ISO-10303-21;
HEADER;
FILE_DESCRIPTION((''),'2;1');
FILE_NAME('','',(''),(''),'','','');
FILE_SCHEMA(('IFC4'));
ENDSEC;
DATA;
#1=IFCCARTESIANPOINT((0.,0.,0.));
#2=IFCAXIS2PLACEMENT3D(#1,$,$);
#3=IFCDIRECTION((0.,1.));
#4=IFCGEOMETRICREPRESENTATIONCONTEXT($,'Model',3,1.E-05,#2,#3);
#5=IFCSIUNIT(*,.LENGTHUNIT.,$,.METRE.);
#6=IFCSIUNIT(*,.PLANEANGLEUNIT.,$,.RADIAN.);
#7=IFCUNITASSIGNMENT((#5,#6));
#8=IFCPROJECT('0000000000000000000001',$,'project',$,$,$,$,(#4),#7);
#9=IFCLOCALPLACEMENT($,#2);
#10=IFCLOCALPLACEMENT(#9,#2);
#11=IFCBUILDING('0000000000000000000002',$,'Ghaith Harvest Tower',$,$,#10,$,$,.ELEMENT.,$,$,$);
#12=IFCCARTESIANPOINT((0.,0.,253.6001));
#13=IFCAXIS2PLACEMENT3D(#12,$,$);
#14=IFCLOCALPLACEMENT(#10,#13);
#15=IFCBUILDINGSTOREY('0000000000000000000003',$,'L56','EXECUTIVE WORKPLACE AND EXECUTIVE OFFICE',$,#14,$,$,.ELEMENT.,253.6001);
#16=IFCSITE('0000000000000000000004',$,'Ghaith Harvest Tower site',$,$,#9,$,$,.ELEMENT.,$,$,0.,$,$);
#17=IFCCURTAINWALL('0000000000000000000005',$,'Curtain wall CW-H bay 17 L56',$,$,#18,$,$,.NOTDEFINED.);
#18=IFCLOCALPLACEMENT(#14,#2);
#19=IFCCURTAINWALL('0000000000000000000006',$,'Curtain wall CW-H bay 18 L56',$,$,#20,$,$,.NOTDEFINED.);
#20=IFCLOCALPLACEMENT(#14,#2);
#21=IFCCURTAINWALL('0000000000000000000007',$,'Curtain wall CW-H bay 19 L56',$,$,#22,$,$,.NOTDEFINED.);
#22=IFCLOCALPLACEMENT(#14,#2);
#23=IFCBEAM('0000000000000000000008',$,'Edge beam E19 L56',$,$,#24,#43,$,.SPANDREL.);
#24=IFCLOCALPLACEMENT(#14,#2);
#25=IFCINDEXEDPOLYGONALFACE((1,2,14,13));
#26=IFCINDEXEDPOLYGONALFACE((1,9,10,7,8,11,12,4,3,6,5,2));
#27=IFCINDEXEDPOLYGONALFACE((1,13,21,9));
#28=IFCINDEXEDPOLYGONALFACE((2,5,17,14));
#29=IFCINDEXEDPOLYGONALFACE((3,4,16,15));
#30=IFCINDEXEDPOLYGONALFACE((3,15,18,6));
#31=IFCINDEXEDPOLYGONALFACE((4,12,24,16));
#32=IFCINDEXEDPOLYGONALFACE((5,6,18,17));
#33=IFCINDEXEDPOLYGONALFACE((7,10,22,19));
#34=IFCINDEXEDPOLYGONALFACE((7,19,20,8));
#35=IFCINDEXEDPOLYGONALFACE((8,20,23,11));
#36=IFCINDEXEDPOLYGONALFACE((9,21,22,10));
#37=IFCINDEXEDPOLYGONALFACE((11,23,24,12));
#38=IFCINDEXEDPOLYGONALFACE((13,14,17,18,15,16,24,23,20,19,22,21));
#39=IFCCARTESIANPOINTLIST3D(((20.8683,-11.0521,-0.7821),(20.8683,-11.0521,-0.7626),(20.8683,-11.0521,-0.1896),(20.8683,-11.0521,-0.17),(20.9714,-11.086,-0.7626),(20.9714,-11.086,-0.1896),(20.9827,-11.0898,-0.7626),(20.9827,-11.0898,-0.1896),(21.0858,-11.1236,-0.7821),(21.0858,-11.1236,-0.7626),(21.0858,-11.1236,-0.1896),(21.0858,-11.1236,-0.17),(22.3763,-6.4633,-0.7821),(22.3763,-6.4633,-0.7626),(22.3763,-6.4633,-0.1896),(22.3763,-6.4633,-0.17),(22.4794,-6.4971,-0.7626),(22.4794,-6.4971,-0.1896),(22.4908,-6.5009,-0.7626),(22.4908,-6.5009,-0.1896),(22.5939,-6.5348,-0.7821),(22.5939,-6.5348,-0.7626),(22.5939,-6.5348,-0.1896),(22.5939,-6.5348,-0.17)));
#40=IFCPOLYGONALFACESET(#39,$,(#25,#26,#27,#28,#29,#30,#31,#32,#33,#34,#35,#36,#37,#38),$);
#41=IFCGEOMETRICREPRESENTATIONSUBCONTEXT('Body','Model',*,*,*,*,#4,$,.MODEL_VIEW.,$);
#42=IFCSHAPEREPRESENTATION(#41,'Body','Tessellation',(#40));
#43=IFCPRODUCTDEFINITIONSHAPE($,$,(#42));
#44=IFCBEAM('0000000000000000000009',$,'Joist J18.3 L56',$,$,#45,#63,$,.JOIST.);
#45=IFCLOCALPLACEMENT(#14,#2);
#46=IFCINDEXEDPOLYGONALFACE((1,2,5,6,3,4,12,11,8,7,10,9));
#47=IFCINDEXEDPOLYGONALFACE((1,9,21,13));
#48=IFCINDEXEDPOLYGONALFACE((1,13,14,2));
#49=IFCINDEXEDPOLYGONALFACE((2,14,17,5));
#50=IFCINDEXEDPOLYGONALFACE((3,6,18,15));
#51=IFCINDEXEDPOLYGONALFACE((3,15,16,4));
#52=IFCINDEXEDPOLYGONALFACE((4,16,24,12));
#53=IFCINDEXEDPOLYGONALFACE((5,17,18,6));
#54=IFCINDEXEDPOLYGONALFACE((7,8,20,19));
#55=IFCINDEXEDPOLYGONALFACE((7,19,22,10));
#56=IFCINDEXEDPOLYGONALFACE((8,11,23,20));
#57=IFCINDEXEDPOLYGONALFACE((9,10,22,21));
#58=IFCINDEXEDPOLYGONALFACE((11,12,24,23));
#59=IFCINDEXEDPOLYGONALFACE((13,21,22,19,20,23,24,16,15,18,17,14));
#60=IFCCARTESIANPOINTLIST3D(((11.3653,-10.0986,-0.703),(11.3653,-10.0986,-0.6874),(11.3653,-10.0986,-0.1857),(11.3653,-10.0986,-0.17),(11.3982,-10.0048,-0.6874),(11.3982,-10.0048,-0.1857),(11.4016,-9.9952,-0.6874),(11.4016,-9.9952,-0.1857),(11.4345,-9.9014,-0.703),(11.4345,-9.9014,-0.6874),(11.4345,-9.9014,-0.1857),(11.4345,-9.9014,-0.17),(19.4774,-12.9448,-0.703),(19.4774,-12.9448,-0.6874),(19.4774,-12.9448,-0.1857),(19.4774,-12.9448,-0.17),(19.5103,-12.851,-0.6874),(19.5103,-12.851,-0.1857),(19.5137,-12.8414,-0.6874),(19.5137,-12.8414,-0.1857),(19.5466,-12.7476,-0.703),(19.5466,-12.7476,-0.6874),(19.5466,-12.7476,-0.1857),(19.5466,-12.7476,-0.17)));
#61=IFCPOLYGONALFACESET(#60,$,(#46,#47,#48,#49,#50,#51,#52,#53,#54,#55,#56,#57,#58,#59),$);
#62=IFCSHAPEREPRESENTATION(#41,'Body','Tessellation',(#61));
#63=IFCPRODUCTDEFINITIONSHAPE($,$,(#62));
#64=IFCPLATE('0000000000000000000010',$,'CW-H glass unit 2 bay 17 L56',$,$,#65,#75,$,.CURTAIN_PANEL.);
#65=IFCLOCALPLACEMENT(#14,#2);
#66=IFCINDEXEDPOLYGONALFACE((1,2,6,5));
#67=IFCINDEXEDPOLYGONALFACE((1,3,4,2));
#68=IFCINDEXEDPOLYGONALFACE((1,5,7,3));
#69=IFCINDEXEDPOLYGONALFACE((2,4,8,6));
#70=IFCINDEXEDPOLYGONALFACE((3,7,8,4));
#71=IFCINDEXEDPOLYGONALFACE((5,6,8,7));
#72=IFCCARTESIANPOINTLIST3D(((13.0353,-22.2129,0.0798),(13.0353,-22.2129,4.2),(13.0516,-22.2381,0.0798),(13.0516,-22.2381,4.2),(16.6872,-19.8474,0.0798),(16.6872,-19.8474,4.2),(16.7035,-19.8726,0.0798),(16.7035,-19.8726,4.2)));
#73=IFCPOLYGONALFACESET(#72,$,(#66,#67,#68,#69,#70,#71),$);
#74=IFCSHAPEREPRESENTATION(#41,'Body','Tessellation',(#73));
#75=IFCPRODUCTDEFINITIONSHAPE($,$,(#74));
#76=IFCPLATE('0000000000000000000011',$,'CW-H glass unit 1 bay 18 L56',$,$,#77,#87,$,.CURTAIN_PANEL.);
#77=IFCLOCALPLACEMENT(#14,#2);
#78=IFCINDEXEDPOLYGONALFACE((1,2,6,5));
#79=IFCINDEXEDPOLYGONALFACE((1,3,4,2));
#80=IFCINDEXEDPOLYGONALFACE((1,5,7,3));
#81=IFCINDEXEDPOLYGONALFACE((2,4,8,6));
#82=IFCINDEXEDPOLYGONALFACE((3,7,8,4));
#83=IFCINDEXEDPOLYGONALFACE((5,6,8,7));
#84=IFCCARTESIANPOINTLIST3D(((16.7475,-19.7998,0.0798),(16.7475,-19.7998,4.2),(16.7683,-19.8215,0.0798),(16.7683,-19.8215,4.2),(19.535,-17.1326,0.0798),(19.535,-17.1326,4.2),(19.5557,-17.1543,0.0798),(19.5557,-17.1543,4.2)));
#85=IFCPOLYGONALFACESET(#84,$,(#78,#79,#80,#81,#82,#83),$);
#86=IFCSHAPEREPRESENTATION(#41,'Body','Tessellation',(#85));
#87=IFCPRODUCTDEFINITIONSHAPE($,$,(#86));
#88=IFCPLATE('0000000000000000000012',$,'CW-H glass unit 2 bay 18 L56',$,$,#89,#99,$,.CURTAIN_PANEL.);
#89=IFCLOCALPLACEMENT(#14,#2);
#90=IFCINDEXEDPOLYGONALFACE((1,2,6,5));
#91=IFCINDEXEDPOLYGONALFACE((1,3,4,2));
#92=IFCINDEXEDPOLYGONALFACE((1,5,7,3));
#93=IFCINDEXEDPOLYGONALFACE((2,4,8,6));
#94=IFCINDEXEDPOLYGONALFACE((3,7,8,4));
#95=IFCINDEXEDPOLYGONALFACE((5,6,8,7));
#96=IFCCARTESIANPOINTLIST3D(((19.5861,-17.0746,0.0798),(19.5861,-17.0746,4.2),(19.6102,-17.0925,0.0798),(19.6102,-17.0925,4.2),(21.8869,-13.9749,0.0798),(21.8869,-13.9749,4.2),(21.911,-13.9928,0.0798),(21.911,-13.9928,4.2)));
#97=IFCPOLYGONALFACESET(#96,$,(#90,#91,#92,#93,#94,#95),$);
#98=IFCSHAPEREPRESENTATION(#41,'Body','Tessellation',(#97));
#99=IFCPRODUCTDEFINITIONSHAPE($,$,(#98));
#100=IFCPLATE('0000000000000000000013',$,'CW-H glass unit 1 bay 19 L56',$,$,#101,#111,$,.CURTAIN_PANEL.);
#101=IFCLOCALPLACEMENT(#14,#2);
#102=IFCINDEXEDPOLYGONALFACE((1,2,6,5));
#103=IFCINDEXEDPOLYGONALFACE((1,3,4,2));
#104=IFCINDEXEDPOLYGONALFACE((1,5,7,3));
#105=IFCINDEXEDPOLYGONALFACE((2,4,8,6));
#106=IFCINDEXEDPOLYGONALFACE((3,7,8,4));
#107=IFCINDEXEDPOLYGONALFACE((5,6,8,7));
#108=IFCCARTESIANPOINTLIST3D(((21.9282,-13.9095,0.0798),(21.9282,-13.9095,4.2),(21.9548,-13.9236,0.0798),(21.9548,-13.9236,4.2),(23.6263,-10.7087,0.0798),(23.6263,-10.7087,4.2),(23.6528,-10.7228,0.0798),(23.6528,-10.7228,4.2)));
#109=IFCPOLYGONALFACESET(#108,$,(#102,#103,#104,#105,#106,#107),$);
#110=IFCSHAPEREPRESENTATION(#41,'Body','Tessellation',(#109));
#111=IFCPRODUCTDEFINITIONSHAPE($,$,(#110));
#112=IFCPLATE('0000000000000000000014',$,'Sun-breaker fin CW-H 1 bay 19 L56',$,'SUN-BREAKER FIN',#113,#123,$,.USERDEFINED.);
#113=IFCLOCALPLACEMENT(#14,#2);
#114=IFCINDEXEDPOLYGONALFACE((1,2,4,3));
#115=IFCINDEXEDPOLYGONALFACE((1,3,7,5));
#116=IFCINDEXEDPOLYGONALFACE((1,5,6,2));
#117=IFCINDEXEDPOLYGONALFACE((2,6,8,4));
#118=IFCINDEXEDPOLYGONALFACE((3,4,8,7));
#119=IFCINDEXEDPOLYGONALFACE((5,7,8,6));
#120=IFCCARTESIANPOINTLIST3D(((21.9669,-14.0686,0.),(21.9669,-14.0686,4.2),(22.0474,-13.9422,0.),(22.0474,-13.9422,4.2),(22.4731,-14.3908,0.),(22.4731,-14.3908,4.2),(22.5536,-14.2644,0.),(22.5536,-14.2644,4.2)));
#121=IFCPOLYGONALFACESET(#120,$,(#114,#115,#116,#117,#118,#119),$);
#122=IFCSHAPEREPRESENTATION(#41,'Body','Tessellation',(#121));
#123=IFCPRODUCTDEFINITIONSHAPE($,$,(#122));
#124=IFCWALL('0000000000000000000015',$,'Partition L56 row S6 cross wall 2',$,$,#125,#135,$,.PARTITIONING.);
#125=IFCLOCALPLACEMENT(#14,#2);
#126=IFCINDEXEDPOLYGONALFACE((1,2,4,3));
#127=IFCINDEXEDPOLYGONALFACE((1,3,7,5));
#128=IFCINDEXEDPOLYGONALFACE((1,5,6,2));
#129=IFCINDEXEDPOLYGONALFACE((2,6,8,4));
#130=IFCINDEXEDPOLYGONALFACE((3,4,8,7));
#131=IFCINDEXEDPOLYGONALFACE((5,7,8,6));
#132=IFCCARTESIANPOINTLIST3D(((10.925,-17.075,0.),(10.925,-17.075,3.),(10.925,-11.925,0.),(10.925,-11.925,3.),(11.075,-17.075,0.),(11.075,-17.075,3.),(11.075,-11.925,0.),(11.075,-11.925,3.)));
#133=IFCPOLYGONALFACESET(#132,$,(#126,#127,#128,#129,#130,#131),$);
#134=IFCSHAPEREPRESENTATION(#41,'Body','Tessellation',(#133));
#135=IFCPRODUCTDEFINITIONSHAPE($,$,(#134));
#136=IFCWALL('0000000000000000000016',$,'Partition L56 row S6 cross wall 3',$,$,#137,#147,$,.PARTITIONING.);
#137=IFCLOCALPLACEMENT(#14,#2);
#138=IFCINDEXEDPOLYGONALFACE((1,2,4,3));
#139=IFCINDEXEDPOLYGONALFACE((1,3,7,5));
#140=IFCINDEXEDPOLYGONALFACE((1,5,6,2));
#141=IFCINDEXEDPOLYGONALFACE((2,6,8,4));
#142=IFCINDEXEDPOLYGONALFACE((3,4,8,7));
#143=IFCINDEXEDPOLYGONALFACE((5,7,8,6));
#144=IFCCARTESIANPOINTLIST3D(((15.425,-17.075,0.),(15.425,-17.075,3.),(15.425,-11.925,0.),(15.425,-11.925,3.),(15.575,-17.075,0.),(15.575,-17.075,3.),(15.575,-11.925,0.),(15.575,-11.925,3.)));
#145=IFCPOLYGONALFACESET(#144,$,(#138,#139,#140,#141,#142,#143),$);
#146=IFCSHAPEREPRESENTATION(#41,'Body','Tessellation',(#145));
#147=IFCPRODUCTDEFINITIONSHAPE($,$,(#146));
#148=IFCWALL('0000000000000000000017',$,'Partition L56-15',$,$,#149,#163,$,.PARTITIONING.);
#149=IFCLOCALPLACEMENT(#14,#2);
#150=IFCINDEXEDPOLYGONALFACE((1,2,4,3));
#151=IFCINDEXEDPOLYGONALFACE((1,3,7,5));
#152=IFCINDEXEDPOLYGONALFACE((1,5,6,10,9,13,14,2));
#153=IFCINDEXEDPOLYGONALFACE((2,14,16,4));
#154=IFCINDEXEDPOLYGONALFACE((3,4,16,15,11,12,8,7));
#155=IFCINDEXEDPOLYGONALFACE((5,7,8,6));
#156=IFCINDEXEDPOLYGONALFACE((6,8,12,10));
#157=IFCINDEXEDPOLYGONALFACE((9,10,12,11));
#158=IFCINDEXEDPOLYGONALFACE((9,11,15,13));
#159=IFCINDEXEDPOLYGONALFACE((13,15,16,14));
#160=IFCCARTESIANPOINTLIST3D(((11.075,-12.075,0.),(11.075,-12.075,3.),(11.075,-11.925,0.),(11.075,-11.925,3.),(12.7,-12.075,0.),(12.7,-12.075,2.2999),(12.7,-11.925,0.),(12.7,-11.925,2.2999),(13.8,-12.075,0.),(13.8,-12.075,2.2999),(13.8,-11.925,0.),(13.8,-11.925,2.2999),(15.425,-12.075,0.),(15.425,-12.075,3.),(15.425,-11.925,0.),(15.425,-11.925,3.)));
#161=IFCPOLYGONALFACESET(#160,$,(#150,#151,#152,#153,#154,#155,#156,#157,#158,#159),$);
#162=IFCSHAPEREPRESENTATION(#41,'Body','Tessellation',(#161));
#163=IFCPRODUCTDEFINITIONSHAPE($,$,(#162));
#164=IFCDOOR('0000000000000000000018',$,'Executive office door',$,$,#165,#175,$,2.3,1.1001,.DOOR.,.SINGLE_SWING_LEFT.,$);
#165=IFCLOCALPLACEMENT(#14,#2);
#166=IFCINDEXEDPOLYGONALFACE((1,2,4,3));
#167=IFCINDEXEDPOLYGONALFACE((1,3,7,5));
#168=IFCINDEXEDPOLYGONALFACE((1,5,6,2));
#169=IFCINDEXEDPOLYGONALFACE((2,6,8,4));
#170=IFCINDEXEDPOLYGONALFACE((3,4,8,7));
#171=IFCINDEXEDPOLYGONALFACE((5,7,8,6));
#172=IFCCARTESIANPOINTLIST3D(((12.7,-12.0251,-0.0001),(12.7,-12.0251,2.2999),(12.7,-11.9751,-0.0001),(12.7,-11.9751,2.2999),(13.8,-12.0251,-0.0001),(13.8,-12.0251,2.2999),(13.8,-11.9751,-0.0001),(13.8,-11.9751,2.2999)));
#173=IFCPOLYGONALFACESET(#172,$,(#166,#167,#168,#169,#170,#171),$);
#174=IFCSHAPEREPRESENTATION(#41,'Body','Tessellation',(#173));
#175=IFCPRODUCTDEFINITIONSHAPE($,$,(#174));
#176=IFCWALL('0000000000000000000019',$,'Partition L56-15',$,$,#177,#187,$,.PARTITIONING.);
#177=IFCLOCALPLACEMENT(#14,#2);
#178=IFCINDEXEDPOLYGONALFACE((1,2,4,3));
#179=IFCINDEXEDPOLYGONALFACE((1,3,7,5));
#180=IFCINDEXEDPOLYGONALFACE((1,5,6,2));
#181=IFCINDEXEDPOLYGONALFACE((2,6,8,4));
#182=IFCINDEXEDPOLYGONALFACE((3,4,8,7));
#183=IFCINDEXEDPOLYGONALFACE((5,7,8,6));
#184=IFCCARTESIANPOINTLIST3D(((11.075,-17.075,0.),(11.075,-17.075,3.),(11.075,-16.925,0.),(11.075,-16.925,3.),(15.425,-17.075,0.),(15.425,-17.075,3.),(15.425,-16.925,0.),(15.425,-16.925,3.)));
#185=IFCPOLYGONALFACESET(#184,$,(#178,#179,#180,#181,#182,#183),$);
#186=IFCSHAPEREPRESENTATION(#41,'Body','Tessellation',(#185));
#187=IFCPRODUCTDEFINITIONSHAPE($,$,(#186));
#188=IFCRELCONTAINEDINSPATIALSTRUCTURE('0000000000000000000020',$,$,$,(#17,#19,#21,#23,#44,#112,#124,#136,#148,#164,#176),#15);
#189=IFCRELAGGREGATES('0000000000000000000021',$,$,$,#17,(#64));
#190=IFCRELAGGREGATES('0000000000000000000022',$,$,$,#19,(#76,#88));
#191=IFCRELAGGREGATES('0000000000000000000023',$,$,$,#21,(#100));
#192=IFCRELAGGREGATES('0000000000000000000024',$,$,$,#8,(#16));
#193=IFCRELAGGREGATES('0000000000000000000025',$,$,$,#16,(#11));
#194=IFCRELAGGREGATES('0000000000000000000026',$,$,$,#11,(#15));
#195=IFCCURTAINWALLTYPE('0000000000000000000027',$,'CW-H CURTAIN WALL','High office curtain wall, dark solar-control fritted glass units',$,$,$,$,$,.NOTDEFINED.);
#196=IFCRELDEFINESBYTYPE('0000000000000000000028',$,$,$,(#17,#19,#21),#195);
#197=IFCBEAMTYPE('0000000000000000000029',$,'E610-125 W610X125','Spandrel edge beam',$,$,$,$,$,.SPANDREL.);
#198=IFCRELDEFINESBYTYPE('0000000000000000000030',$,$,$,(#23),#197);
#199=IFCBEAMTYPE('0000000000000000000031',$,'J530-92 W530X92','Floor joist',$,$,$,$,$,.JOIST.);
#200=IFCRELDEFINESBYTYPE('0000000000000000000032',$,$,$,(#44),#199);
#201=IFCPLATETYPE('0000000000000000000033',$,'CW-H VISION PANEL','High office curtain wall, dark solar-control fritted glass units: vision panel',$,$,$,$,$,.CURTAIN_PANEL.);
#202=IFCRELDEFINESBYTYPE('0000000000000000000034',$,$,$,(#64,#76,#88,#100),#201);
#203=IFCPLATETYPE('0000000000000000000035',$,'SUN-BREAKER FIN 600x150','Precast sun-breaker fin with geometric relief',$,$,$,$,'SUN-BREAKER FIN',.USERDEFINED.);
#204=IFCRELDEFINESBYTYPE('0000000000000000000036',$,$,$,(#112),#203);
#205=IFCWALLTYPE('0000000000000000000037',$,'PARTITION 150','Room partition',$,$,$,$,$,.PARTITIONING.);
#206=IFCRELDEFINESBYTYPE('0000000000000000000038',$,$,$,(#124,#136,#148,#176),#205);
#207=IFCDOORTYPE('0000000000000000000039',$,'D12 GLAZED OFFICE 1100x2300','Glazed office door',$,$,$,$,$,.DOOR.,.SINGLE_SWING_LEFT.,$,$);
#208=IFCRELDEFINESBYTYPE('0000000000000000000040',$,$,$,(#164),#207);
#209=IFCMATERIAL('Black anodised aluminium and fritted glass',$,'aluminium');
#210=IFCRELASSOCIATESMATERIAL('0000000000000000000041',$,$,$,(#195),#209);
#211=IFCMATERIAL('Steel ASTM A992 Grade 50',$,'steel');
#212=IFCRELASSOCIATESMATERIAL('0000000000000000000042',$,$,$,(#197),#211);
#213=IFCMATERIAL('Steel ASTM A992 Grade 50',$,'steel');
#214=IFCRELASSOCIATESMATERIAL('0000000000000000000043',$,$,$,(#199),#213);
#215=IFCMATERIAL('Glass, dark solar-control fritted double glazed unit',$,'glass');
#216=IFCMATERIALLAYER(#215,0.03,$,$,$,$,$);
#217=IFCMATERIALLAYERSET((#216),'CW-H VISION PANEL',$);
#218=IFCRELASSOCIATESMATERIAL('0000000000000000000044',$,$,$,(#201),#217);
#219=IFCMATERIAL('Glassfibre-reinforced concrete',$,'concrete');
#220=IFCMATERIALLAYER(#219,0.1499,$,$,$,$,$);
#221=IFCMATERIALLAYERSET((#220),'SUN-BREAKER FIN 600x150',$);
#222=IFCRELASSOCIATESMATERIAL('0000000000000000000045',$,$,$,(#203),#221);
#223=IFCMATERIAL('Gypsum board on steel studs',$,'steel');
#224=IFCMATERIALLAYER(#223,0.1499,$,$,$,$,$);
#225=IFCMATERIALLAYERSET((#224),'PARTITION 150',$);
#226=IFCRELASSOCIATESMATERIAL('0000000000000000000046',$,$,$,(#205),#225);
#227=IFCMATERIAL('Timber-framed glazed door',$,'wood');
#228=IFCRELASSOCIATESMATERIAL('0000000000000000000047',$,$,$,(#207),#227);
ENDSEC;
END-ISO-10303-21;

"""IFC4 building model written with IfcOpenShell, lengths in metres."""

from ifc_helpers import new_model, si_unit, direction, frame, frame_2d, origin, origin_2d, place, context, subcontext, project, spatial, rectangle, i_section, extrude, material, layer, layer_set, material_profile, profile_set, type_object, element, fill, aggregate, save


model = new_model("IFC4")

# Units and contexts
model_context = context("Model", 3, precision=1e-05, world=origin(), true_north=direction((0.0, 1.0)))
body_context = subcontext(model_context, "Body", "Model", "MODEL_VIEW")
ifc_project = project(units=[si_unit("LENGTHUNIT", "METRE"), si_unit("PLANEANGLEUNIT", "RADIAN")], contexts=[model_context])

# Site, building, storey
site_placement = place(None, origin())
site = spatial("IfcSite", under=ifc_project, at=site_placement, Name="Ghaith Harvest Tower site", CompositionType="ELEMENT", RefElevation=0.0)
building_placement = place(site_placement, origin())
building = spatial("IfcBuilding", under=site, at=building_placement, Name="Ghaith Harvest Tower", CompositionType="ELEMENT")
storey_placement = place(building_placement, frame((0.0, 0.0, 253.6001)))
storey = spatial("IfcBuildingStorey", under=building, at=storey_placement, Name="L56", Description="EXECUTIVE WORKPLACE AND EXECUTIVE OFFICE", CompositionType="ELEMENT", Elevation=253.6001)

# Curtain wall
ifc_material_1 = material(Name="Black anodised aluminium and fritted glass", Category="aluminium")
curtain_wall_type = type_object("IfcCurtainWallType", Name="CW-H CURTAIN WALL", Description="High office curtain wall, dark solar-control fritted glass units", PredefinedType="NOTDEFINED", material=ifc_material_1)
curtain_wall_1_placement = place(storey_placement, origin())
curtain_wall_1 = element("IfcCurtainWall", 1, at=curtain_wall_1_placement, inside=storey, type_object=curtain_wall_type, Name="Curtain wall CW-H bay 17 L56", PredefinedType="NOTDEFINED")

# Curtain walls
curtain_wall_2_placement = place(storey_placement, origin())
curtain_wall_2 = element("IfcCurtainWall", 2, at=curtain_wall_2_placement, inside=storey, type_object=curtain_wall_type, Name="Curtain wall CW-H bay 18 L56", PredefinedType="NOTDEFINED")
curtain_wall_3_placement = place(storey_placement, origin())
curtain_wall_3 = element("IfcCurtainWall", 3, at=curtain_wall_3_placement, inside=storey, type_object=curtain_wall_type, Name="Curtain wall CW-H bay 19 L56", PredefinedType="NOTDEFINED")

# Beams
ifc_material_2 = material(Name="Steel ASTM A992 Grade 50", Category="steel")
ifc_material_profile_1 = material_profile(ifc_material_2, i_section(OverallWidth=0.229, OverallDepth=0.6121, WebThickness=0.012, FlangeThickness=0.0195, at=origin_2d()), Name="W610X125")
ifc_profile_set_1 = profile_set([ifc_material_profile_1], Name="Steel ASTM A992 Grade 50")
beam_type_1 = type_object("IfcBeamType", Name="E610-125 W610X125", Description="Spandrel edge beam", PredefinedType="SPANDREL", material=ifc_profile_set_1)
beam_1_placement = place(storey_placement, frame((20.9771, -11.0879, -0.4761), z_axis=(0.312207, 0.950014, 0.0), x_axis=(-0.950014, 0.312207, 0.0)))
element("IfcBeam", 4, at=beam_1_placement, inside=storey, type_object=beam_type_1, Name="Edge beam E19 L56", PredefinedType="SPANDREL", context=body_context, shape_type="SweptSolid", body=[
    extrude(i_section(OverallWidth=0.229, OverallDepth=0.6121, WebThickness=0.012, FlangeThickness=0.0195, at=origin_2d()), origin(), (0.0, 0.0, 1.0), 4.8303),
])
ifc_material_3 = material(Name="Steel ASTM A992 Grade 50", Category="steel")
ifc_material_profile_2 = material_profile(ifc_material_3, i_section(OverallWidth=0.209, OverallDepth=0.533, WebThickness=0.0103, FlangeThickness=0.0156, at=origin_2d()), Name="W530X92")
ifc_profile_set_2 = profile_set([ifc_material_profile_2], Name="Steel ASTM A992 Grade 50")
beam_type_2 = type_object("IfcBeamType", Name="J530-92 W530X92", Description="Floor joist", PredefinedType="JOIST", material=ifc_profile_set_2)
beam_2_placement = place(storey_placement, frame((11.3999, -10.0, -0.4365), z_axis=(0.943605, -0.331073, 0.0), x_axis=(0.331073, 0.943605, 0.0)))
element("IfcBeam", 5, at=beam_2_placement, inside=storey, type_object=beam_type_2, Name="Joist J18.3 L56", PredefinedType="JOIST", context=body_context, shape_type="SweptSolid", body=[
    extrude(i_section(OverallWidth=0.209, OverallDepth=0.533, WebThickness=0.0103, FlangeThickness=0.0156, at=origin_2d()), origin(), (0.0, 0.0, 1.0), 8.5969),
])

# Plates
ifc_material_4 = material(Name="Glass, dark solar-control fritted double glazed unit", Category="glass")
ifc_layer_1 = layer(ifc_material_4, 0.03)
ifc_layer_set_1 = layer_set([ifc_layer_1], Name="CW-H VISION PANEL")
plate_type_1 = type_object("IfcPlateType", Name="CW-H VISION PANEL", Description="High office curtain wall, dark solar-control fritted glass units: vision panel", PredefinedType="CURTAIN_PANEL", material=ifc_layer_set_1)
plate_1_placement = place(storey_placement, frame((14.8694, -21.0427, 0.0798), z_axis=(0.0, 0.0, 1.0), x_axis=(0.839305, 0.54366, 0.0)))
plate_1 = element("IfcPlate", 6, at=plate_1_placement, type_object=plate_type_1, Name="CW-H glass unit 2 bay 17 L56", PredefinedType="CURTAIN_PANEL", context=body_context, shape_type="SweptSolid", body=[
    extrude(rectangle(XDim=4.3511, YDim=0.03, at=origin_2d()), origin(), (0.0, 0.0, 1.0), 4.1201),
])
aggregate(curtain_wall_1, [plate_1])
plate_2_placement = place(storey_placement, frame((18.1516, -18.4771, 0.0798), z_axis=(0.0, 0.0, 1.0), x_axis=(0.722533, 0.691337, 0.0)))
plate_2 = element("IfcPlate", 7, at=plate_2_placement, type_object=plate_type_1, Name="CW-H glass unit 1 bay 18 L56", PredefinedType="CURTAIN_PANEL", context=body_context, shape_type="SweptSolid", body=[
    extrude(rectangle(XDim=3.8579, YDim=0.03, at=origin_2d()), origin(), (0.0, 0.0, 1.0), 4.1201),
])
plate_3_placement = place(storey_placement, frame((20.7485, -15.5337, 0.0798), z_axis=(0.0, 0.0, 1.0), x_axis=(0.596019, 0.802971, 0.0)))
plate_3 = element("IfcPlate", 8, at=plate_3_placement, type_object=plate_type_1, Name="CW-H glass unit 2 bay 18 L56", PredefinedType="CURTAIN_PANEL", context=body_context, shape_type="SweptSolid", body=[
    extrude(rectangle(XDim=3.8604, YDim=0.03, at=origin_2d()), origin(), (0.0, 0.0, 1.0), 4.1201),
])
aggregate(curtain_wall_2, [plate_2, plate_3])
plate_4_placement = place(storey_placement, frame((22.7905, -12.3162, 0.0798), z_axis=(0.0, 0.0, 1.0), x_axis=(0.468644, 0.883387, 0.0)))
plate_4 = element("IfcPlate", 9, at=plate_4_placement, type_object=plate_type_1, Name="CW-H glass unit 1 bay 19 L56", PredefinedType="CURTAIN_PANEL", context=body_context, shape_type="SweptSolid", body=[
    extrude(rectangle(XDim=3.6233, YDim=0.03, at=origin_2d()), origin(), (0.0, 0.0, 1.0), 4.1201),
])
aggregate(curtain_wall_3, [plate_4])
ifc_material_5 = material(Name="Glassfibre-reinforced concrete", Category="concrete")
ifc_layer_2 = layer(ifc_material_5, 0.1499)
ifc_layer_set_2 = layer_set([ifc_layer_2], Name="SUN-BREAKER FIN 600x150")
plate_type_2 = type_object("IfcPlateType", Name="SUN-BREAKER FIN 600x150", Description="Precast sun-breaker fin with geometric relief", ElementType="SUN-BREAKER FIN", PredefinedType="USERDEFINED", material=ifc_layer_set_2)
plate_5_placement = place(storey_placement, frame((22.2603, -14.1665, 0.0), z_axis=(0.0, 0.0, 1.0), x_axis=(0.843644, -0.536903, 0.0)))
element("IfcPlate", 10, at=plate_5_placement, inside=storey, type_object=plate_type_2, Name="Sun-breaker fin CW-H 1 bay 19 L56", ObjectType="SUN-BREAKER FIN", PredefinedType="USERDEFINED", context=body_context, shape_type="SweptSolid", body=[
    extrude(rectangle(XDim=0.6001, YDim=0.1499, at=origin_2d()), origin(), (0.0, 0.0, 1.0), 4.2),
])

# Walls
ifc_material_6 = material(Name="Gypsum board on steel studs", Category="steel")
ifc_layer_3 = layer(ifc_material_6, 0.1499)
ifc_layer_set_3 = layer_set([ifc_layer_3], Name="PARTITION 150")
wall_type = type_object("IfcWallType", Name="PARTITION 150", Description="Room partition", PredefinedType="PARTITIONING", material=ifc_layer_set_3)
for number, where, z_axis, x_axis, name in (
    (11, (11.0, -11.925, 0.0), (0.0, 0.0, 1.0), (0.0, -1.0, 0.0), "Partition L56 row S6 cross wall 2"),
    (12, (15.5, -11.925, 0.0), (0.0, 0.0, 1.0), (0.0, -1.0, 0.0), "Partition L56 row S6 cross wall 3"),
):
    element("IfcWall", number, at=place(storey_placement, frame(where, z_axis=z_axis, x_axis=x_axis)), inside=storey, type_object=wall_type, Name=name, PredefinedType="PARTITIONING", context=body_context, shape_type="SweptSolid", body=[
        extrude(rectangle(XDim=5.1499, YDim=0.1499, at=frame_2d((2.575, 0.0))), origin(), (0.0, 0.0, 1.0), 3.0),
    ])

# Wall, opening, door
wall_1_placement = place(storey_placement, frame((11.075, -12.0, 0.0), z_axis=(0.0, 0.0, 1.0), x_axis=(1.0, 0.0, 0.0)))
wall_1 = element("IfcWall", 13, at=wall_1_placement, inside=storey, type_object=wall_type, Name="Partition L56-15", PredefinedType="PARTITIONING", context=body_context, shape_type="SweptSolid", body=[
    extrude(rectangle(XDim=4.3501, YDim=0.1499, at=frame_2d((2.175, 0.0))), origin(), (0.0, 0.0, 1.0), 3.0),
])
opening_placement = place(wall_1_placement, frame((1.625, 0.0, 0.0)))
opening = element("IfcOpeningElement", 14, at=opening_placement, cuts=wall_1, PredefinedType="OPENING", context=body_context, shape_type="SweptSolid", body=[
    extrude(rectangle(XDim=1.1001, YDim=2.3, at=frame_2d((0.55, 1.1499))), frame((0.0, 0.085, 0.0), z_axis=(0.0, -1.0, 0.0), x_axis=(1.0, 0.0, 0.0)), (0.0, 0.0, 1.0), 0.1699),
])
ifc_material_7 = material(Name="Timber-framed glazed door", Category="wood")
door_type = type_object("IfcDoorType", Name="D12 GLAZED OFFICE 1100x2300", Description="Glazed office door", OperationType="SINGLE_SWING_LEFT", PredefinedType="DOOR", material=ifc_material_7)
door_placement = place(opening_placement, origin())
door = element("IfcDoor", 15, at=door_placement, inside=storey, type_object=door_type, Name="Executive office door", OperationType="SINGLE_SWING_LEFT", OverallHeight=2.3, OverallWidth=1.1001, PredefinedType="DOOR", context=body_context, shape_type="SweptSolid", body=[
    extrude(rectangle(XDim=1.1001, YDim=2.3, at=frame_2d((0.55, 1.1499))), frame((0.0, 0.0249, 0.0), z_axis=(0.0, -1.0, 0.0), x_axis=(1.0, 0.0, 0.0)), (0.0, 0.0, 1.0), 0.05),
])
fill(opening, door)

# Wall
wall_2_placement = place(storey_placement, frame((11.075, -17.0, 0.0), z_axis=(0.0, 0.0, 1.0), x_axis=(1.0, 0.0, 0.0)))
element("IfcWall", 16, at=wall_2_placement, inside=storey, type_object=wall_type, Name="Partition L56-15", PredefinedType="PARTITIONING", context=body_context, shape_type="SweptSolid", body=[
    extrude(rectangle(XDim=4.3501, YDim=0.1499, at=frame_2d((2.175, 0.0))), origin(), (0.0, 0.0, 1.0), 3.0),
])

save(model, "model.ifc")
